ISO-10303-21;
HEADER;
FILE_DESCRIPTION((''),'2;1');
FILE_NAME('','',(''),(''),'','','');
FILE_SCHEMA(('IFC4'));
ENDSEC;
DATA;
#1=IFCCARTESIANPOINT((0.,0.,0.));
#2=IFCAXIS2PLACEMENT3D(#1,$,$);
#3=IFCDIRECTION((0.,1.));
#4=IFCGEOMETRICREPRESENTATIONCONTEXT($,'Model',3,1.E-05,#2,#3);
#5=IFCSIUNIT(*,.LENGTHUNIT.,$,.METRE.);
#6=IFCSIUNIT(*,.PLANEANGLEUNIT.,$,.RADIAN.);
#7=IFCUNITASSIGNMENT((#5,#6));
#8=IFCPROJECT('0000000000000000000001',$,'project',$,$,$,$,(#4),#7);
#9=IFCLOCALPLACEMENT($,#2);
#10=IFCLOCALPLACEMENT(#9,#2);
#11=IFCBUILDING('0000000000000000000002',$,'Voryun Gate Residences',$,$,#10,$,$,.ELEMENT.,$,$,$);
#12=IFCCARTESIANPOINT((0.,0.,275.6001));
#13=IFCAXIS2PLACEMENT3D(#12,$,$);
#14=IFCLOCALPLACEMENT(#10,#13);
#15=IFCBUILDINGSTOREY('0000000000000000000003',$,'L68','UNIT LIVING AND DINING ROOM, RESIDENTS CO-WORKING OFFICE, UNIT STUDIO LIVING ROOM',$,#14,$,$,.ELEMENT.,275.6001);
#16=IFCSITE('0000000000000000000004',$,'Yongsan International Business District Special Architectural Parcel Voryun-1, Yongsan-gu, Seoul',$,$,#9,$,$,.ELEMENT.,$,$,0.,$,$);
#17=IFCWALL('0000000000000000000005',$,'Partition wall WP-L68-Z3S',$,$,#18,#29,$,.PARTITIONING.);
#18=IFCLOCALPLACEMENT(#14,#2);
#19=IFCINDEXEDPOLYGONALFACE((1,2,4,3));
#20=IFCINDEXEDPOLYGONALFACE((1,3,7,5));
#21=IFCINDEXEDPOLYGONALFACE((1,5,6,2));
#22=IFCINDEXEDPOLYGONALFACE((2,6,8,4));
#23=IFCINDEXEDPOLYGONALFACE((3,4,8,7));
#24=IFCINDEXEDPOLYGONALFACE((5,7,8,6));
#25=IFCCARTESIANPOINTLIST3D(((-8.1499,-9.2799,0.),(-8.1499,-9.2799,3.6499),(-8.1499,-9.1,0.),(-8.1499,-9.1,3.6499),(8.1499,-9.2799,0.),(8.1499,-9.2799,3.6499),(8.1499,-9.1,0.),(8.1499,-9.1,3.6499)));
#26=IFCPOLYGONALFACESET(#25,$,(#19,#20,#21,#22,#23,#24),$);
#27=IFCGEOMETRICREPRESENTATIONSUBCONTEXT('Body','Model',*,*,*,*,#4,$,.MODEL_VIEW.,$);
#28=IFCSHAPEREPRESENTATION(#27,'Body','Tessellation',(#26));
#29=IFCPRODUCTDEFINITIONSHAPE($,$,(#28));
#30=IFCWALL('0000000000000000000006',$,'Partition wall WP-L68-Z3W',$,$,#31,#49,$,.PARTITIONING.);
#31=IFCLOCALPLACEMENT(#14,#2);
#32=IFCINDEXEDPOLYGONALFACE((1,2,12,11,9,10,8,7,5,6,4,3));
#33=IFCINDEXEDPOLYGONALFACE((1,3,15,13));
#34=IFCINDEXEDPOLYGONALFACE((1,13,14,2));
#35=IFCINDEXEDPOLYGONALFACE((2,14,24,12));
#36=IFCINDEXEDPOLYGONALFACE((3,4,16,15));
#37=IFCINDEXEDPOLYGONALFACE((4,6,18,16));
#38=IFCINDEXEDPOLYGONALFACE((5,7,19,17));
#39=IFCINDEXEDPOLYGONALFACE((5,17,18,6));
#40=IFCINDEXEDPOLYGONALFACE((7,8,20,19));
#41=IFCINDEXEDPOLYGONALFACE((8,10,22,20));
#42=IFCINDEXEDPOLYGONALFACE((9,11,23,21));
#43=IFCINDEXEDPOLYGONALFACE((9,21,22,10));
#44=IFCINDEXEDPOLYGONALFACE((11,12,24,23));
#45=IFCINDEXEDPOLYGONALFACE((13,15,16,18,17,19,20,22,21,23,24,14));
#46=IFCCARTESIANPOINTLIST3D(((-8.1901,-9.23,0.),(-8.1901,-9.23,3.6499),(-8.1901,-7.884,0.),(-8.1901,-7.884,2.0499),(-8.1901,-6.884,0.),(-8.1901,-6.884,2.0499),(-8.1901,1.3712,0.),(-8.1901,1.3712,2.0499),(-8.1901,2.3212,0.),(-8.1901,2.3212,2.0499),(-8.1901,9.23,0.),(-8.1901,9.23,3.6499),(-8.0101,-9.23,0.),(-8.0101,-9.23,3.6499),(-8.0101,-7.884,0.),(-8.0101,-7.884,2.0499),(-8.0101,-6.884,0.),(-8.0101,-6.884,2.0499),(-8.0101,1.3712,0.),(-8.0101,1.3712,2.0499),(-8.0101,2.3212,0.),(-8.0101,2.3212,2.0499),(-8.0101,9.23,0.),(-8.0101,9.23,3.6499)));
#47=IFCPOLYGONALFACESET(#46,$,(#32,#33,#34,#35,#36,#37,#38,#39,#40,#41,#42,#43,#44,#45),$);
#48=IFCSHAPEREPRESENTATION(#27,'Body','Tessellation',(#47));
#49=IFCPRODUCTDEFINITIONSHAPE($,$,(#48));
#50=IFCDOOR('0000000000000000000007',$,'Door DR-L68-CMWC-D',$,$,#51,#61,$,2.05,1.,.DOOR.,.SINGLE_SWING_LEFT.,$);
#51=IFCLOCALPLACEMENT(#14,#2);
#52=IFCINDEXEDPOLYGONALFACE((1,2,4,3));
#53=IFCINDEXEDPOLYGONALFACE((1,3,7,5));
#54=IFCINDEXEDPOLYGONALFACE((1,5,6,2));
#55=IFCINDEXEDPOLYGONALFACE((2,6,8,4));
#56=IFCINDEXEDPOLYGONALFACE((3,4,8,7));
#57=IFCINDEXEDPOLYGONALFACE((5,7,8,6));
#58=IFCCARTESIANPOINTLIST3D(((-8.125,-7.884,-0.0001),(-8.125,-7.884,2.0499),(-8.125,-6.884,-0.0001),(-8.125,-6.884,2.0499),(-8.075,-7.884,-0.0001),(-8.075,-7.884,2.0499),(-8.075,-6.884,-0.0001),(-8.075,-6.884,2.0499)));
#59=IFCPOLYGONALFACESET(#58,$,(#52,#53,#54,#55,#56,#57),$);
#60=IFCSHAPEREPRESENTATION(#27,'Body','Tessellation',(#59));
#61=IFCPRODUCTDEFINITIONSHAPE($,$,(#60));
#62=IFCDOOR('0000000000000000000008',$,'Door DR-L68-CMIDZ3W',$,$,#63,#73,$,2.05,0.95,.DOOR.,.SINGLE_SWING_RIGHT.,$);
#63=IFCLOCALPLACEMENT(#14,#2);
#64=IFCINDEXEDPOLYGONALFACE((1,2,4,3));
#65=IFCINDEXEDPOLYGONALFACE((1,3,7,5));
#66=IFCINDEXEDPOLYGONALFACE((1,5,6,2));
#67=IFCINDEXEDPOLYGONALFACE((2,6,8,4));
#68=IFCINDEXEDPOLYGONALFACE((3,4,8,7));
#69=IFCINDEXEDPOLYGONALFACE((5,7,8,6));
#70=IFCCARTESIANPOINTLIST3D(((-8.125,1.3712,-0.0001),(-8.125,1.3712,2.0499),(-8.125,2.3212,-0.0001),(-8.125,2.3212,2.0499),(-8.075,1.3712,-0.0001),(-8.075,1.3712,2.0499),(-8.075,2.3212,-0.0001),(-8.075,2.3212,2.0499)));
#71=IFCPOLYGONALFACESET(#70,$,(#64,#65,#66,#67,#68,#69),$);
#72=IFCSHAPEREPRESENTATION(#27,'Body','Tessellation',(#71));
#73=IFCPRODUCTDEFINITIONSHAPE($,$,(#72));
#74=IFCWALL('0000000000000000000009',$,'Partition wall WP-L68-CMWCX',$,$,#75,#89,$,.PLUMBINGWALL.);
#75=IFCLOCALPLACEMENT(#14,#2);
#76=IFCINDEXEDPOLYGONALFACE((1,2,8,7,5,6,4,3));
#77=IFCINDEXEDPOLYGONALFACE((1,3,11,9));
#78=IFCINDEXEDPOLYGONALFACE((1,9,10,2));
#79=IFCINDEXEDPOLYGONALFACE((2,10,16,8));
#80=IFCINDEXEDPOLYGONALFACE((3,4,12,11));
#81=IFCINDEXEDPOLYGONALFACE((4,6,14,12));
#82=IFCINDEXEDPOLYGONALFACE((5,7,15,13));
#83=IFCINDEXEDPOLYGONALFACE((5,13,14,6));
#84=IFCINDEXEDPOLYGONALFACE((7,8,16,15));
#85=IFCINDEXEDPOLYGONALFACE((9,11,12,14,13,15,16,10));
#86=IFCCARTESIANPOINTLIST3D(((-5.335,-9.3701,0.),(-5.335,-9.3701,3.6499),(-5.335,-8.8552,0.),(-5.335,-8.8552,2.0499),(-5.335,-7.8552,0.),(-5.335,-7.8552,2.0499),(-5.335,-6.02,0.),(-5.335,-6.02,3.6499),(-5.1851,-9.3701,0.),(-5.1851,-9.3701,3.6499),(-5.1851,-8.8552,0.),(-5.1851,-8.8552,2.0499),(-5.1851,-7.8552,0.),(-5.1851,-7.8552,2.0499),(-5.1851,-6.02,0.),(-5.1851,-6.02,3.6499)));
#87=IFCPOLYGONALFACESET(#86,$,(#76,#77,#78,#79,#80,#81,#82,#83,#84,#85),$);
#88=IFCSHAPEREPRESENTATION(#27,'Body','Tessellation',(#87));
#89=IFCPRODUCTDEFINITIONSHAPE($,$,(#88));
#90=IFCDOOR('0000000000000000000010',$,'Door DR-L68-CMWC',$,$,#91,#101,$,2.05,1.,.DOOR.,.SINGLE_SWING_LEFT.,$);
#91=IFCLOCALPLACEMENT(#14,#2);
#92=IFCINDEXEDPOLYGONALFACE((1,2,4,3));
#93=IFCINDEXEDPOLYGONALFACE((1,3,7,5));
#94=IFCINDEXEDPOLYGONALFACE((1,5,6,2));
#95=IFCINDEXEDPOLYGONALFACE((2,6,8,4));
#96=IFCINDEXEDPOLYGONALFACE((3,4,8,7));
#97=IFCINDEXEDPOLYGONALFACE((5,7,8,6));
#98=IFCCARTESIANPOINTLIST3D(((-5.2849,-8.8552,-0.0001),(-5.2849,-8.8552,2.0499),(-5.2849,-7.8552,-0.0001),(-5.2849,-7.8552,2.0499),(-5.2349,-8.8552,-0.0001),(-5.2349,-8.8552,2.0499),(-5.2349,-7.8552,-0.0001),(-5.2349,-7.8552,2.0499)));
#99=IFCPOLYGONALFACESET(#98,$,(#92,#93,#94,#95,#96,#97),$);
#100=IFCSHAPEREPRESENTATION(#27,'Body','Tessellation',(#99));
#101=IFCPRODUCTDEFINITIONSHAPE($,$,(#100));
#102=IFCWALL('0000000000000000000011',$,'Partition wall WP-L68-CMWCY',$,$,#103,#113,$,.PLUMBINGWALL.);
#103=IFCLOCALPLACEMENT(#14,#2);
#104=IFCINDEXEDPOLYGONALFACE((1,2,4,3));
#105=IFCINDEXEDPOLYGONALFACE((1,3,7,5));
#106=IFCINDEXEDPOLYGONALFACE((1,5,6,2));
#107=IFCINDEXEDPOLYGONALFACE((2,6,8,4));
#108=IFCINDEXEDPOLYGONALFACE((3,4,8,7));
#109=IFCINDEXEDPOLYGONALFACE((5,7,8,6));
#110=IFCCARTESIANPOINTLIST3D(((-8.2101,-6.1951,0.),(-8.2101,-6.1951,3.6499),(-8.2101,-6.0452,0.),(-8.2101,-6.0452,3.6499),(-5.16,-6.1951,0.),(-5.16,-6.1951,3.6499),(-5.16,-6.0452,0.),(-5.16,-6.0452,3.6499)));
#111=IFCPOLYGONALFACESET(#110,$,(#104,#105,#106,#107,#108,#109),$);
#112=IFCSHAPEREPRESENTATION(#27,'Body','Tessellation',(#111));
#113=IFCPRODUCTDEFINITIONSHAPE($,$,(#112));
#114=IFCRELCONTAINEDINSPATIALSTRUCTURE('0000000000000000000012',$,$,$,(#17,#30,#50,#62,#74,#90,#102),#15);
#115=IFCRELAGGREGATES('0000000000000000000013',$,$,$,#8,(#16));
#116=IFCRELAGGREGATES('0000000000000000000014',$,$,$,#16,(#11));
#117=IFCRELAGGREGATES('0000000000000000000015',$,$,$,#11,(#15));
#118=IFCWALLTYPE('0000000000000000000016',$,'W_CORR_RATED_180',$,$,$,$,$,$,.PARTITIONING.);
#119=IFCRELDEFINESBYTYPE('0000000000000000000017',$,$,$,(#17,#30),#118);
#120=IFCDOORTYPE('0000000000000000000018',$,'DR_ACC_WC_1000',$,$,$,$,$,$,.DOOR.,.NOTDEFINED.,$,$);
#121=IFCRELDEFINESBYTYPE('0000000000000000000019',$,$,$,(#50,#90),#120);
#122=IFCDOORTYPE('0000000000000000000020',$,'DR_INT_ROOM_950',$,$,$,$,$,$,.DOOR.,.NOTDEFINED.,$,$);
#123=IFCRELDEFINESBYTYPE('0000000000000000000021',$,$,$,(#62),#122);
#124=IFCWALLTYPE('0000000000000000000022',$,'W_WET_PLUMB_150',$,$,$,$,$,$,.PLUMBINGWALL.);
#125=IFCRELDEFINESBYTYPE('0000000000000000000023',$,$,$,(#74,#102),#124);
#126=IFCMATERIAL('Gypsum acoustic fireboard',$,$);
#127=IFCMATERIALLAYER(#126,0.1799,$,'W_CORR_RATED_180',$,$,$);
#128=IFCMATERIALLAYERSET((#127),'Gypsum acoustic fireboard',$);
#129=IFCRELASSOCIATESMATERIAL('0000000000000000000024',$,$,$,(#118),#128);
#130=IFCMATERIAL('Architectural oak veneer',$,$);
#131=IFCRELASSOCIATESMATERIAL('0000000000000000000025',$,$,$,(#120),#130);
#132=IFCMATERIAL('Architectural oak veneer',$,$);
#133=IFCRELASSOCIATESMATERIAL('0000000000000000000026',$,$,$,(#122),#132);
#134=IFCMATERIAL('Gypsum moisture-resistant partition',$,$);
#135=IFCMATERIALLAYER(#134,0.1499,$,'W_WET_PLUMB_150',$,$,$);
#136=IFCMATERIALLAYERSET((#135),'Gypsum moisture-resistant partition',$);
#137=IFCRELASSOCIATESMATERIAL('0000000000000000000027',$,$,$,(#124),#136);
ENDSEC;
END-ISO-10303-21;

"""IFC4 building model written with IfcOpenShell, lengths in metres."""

from ifc_helpers import new_model, si_unit, direction, frame, frame_2d, origin, place, context, subcontext, project, spatial, rectangle, extrude, material, layer, layer_set, type_object, element, fill, save


model = new_model("IFC4")

# Units and contexts
model_context = context("Model", 3, precision=1e-05, world=origin(), true_north=direction((0.0, 1.0)))
body_context = subcontext(model_context, "Body", "Model", "MODEL_VIEW")
ifc_project = project(units=[si_unit("LENGTHUNIT", "METRE"), si_unit("PLANEANGLEUNIT", "RADIAN")], contexts=[model_context])

# Site, building, storey
site_placement = place(None, origin())
site = spatial("IfcSite", under=ifc_project, at=site_placement, Name="Yongsan International Business District Special Architectural Parcel Voryun-1, Yongsan-gu, Seoul", CompositionType="ELEMENT", RefElevation=0.0)
building_placement = place(site_placement, origin())
building = spatial("IfcBuilding", under=site, at=building_placement, Name="Voryun Gate Residences", CompositionType="ELEMENT")
storey_placement = place(building_placement, frame((0.0, 0.0, 275.6001)))
storey = spatial("IfcBuildingStorey", under=building, at=storey_placement, Name="L68", Description="UNIT LIVING AND DINING ROOM, RESIDENTS CO-WORKING OFFICE, UNIT STUDIO LIVING ROOM", CompositionType="ELEMENT", Elevation=275.6001)

# Shared definitions
ifc_material_1 = material(Name="Gypsum acoustic fireboard")
ifc_layer_1 = layer(ifc_material_1, 0.1799, Name="W_CORR_RATED_180")
ifc_layer_set_1 = layer_set([ifc_layer_1], Name="Gypsum acoustic fireboard")
wall_type_1 = type_object("IfcWallType", Name="W_CORR_RATED_180", PredefinedType="PARTITIONING", material=ifc_layer_set_1)

# Wall
wall_1_placement = place(storey_placement, frame((-8.1499, -9.1899, 0.0), z_axis=(0.0, 0.0, 1.0), x_axis=(1.0, 0.0, 0.0)))
element("IfcWall", 1, at=wall_1_placement, inside=storey, type_object=wall_type_1, Name="Partition wall WP-L68-Z3S", PredefinedType="PARTITIONING", context=body_context, shape_type="SweptSolid", body=[
    extrude(rectangle(XDim=16.2998, YDim=0.1799, at=frame_2d((8.1499, 0.0))), origin(), (0.0, 0.0, 1.0), 3.6499),
])

# Wall, openings, doors
wall_2_placement = place(storey_placement, frame((-8.1001, -9.23, 0.0), z_axis=(0.0, 0.0, 1.0), x_axis=(0.0, 1.0, 0.0)))
wall_2 = element("IfcWall", 2, at=wall_2_placement, inside=storey, type_object=wall_type_1, Name="Partition wall WP-L68-Z3W", PredefinedType="PARTITIONING", context=body_context, shape_type="SweptSolid", body=[
    extrude(rectangle(XDim=18.46, YDim=0.1799, at=frame_2d((9.23, 0.0))), origin(), (0.0, 0.0, 1.0), 3.6499),
])
opening_1_placement = place(wall_2_placement, frame((1.3459, 0.0, 0.0)))
opening_1 = element("IfcOpeningElement", 3, at=opening_1_placement, cuts=wall_2, PredefinedType="OPENING", context=body_context, shape_type="SweptSolid", body=[
    extrude(rectangle(XDim=1.0, YDim=2.05, at=frame_2d((0.5, 1.0249))), frame((0.0, 0.0999, 0.0), z_axis=(0.0, -1.0, 0.0), x_axis=(1.0, 0.0, 0.0)), (0.0, 0.0, 1.0), 0.2),
])
opening_2_placement = place(wall_2_placement, frame((10.6011, 0.0, 0.0)))
opening_2 = element("IfcOpeningElement", 4, at=opening_2_placement, cuts=wall_2, PredefinedType="OPENING", context=body_context, shape_type="SweptSolid", body=[
    extrude(rectangle(XDim=0.95, YDim=2.05, at=frame_2d((0.4751, 1.0249))), frame((0.0, 0.0999, 0.0), z_axis=(0.0, -1.0, 0.0), x_axis=(1.0, 0.0, 0.0)), (0.0, 0.0, 1.0), 0.2),
])
ifc_material_2 = material(Name="Architectural oak veneer")
door_type_1 = type_object("IfcDoorType", Name="DR_ACC_WC_1000", OperationType="NOTDEFINED", PredefinedType="DOOR", material=ifc_material_2)
door_1_placement = place(opening_1_placement, origin())
door_1 = element("IfcDoor", 5, at=door_1_placement, inside=storey, type_object=door_type_1, Name="Door DR-L68-CMWC-D", OperationType="SINGLE_SWING_LEFT", OverallHeight=2.05, OverallWidth=1.0, PredefinedType="DOOR", context=body_context, shape_type="SweptSolid", body=[
    extrude(rectangle(XDim=1.0, YDim=2.05, at=frame_2d((0.5, 1.0249))), frame((0.0, 0.0249, 0.0), z_axis=(0.0, -1.0, 0.0), x_axis=(1.0, 0.0, 0.0)), (0.0, 0.0, 1.0), 0.05),
])
fill(opening_1, door_1)
ifc_material_3 = material(Name="Architectural oak veneer")
door_type_2 = type_object("IfcDoorType", Name="DR_INT_ROOM_950", OperationType="NOTDEFINED", PredefinedType="DOOR", material=ifc_material_3)
door_2_placement = place(opening_2_placement, origin())
door_2 = element("IfcDoor", 6, at=door_2_placement, inside=storey, type_object=door_type_2, Name="Door DR-L68-CMIDZ3W", OperationType="SINGLE_SWING_RIGHT", OverallHeight=2.05, OverallWidth=0.95, PredefinedType="DOOR", context=body_context, shape_type="SweptSolid", body=[
    extrude(rectangle(XDim=0.95, YDim=2.05, at=frame_2d((0.4751, 1.0249))), frame((0.0, 0.0249, 0.0), z_axis=(0.0, -1.0, 0.0), x_axis=(1.0, 0.0, 0.0)), (0.0, 0.0, 1.0), 0.05),
])
fill(opening_2, door_2)

# Wall, opening, door
ifc_material_4 = material(Name="Gypsum moisture-resistant partition")
ifc_layer_2 = layer(ifc_material_4, 0.1499, Name="W_WET_PLUMB_150")
ifc_layer_set_2 = layer_set([ifc_layer_2], Name="Gypsum moisture-resistant partition")
wall_type_2 = type_object("IfcWallType", Name="W_WET_PLUMB_150", PredefinedType="PLUMBINGWALL", material=ifc_layer_set_2)
wall_3_placement = place(storey_placement, frame((-5.26, -9.3701, 0.0), z_axis=(0.0, 0.0, 1.0), x_axis=(0.0, 1.0, 0.0)))
wall_3 = element("IfcWall", 7, at=wall_3_placement, inside=storey, type_object=wall_type_2, Name="Partition wall WP-L68-CMWCX", PredefinedType="PLUMBINGWALL", context=body_context, shape_type="SweptSolid", body=[
    extrude(rectangle(XDim=3.3501, YDim=0.1499, at=frame_2d((1.675, 0.0))), origin(), (0.0, 0.0, 1.0), 3.6499),
])
opening_3_placement = place(wall_3_placement, frame((0.5149, 0.0, 0.0)))
opening_3 = element("IfcOpeningElement", 8, at=opening_3_placement, cuts=wall_3, PredefinedType="OPENING", context=body_context, shape_type="SweptSolid", body=[
    extrude(rectangle(XDim=1.0, YDim=2.05, at=frame_2d((0.5, 1.0249))), frame((0.0, 0.085, 0.0), z_axis=(0.0, -1.0, 0.0), x_axis=(1.0, 0.0, 0.0)), (0.0, 0.0, 1.0), 0.1699),
])
door_3_placement = place(opening_3_placement, origin())
door_3 = element("IfcDoor", 9, at=door_3_placement, inside=storey, type_object=door_type_1, Name="Door DR-L68-CMWC", OperationType="SINGLE_SWING_LEFT", OverallHeight=2.05, OverallWidth=1.0, PredefinedType="DOOR", context=body_context, shape_type="SweptSolid", body=[
    extrude(rectangle(XDim=1.0, YDim=2.05, at=frame_2d((0.5, 1.0249))), frame((0.0, 0.0249, 0.0), z_axis=(0.0, -1.0, 0.0), x_axis=(1.0, 0.0, 0.0)), (0.0, 0.0, 1.0), 0.05),
])
fill(opening_3, door_3)

# Wall
wall_4_placement = place(storey_placement, frame((-8.21, -6.1201, 0.0), z_axis=(0.0, 0.0, 1.0), x_axis=(1.0, 0.0, 0.0)))
element("IfcWall", 10, at=wall_4_placement, inside=storey, type_object=wall_type_2, Name="Partition wall WP-L68-CMWCY", PredefinedType="PLUMBINGWALL", context=body_context, shape_type="SweptSolid", body=[
    extrude(rectangle(XDim=3.05, YDim=0.1499, at=frame_2d((1.5249, 0.0))), origin(), (0.0, 0.0, 1.0), 3.6499),
])

save(model, "model.ifc")
